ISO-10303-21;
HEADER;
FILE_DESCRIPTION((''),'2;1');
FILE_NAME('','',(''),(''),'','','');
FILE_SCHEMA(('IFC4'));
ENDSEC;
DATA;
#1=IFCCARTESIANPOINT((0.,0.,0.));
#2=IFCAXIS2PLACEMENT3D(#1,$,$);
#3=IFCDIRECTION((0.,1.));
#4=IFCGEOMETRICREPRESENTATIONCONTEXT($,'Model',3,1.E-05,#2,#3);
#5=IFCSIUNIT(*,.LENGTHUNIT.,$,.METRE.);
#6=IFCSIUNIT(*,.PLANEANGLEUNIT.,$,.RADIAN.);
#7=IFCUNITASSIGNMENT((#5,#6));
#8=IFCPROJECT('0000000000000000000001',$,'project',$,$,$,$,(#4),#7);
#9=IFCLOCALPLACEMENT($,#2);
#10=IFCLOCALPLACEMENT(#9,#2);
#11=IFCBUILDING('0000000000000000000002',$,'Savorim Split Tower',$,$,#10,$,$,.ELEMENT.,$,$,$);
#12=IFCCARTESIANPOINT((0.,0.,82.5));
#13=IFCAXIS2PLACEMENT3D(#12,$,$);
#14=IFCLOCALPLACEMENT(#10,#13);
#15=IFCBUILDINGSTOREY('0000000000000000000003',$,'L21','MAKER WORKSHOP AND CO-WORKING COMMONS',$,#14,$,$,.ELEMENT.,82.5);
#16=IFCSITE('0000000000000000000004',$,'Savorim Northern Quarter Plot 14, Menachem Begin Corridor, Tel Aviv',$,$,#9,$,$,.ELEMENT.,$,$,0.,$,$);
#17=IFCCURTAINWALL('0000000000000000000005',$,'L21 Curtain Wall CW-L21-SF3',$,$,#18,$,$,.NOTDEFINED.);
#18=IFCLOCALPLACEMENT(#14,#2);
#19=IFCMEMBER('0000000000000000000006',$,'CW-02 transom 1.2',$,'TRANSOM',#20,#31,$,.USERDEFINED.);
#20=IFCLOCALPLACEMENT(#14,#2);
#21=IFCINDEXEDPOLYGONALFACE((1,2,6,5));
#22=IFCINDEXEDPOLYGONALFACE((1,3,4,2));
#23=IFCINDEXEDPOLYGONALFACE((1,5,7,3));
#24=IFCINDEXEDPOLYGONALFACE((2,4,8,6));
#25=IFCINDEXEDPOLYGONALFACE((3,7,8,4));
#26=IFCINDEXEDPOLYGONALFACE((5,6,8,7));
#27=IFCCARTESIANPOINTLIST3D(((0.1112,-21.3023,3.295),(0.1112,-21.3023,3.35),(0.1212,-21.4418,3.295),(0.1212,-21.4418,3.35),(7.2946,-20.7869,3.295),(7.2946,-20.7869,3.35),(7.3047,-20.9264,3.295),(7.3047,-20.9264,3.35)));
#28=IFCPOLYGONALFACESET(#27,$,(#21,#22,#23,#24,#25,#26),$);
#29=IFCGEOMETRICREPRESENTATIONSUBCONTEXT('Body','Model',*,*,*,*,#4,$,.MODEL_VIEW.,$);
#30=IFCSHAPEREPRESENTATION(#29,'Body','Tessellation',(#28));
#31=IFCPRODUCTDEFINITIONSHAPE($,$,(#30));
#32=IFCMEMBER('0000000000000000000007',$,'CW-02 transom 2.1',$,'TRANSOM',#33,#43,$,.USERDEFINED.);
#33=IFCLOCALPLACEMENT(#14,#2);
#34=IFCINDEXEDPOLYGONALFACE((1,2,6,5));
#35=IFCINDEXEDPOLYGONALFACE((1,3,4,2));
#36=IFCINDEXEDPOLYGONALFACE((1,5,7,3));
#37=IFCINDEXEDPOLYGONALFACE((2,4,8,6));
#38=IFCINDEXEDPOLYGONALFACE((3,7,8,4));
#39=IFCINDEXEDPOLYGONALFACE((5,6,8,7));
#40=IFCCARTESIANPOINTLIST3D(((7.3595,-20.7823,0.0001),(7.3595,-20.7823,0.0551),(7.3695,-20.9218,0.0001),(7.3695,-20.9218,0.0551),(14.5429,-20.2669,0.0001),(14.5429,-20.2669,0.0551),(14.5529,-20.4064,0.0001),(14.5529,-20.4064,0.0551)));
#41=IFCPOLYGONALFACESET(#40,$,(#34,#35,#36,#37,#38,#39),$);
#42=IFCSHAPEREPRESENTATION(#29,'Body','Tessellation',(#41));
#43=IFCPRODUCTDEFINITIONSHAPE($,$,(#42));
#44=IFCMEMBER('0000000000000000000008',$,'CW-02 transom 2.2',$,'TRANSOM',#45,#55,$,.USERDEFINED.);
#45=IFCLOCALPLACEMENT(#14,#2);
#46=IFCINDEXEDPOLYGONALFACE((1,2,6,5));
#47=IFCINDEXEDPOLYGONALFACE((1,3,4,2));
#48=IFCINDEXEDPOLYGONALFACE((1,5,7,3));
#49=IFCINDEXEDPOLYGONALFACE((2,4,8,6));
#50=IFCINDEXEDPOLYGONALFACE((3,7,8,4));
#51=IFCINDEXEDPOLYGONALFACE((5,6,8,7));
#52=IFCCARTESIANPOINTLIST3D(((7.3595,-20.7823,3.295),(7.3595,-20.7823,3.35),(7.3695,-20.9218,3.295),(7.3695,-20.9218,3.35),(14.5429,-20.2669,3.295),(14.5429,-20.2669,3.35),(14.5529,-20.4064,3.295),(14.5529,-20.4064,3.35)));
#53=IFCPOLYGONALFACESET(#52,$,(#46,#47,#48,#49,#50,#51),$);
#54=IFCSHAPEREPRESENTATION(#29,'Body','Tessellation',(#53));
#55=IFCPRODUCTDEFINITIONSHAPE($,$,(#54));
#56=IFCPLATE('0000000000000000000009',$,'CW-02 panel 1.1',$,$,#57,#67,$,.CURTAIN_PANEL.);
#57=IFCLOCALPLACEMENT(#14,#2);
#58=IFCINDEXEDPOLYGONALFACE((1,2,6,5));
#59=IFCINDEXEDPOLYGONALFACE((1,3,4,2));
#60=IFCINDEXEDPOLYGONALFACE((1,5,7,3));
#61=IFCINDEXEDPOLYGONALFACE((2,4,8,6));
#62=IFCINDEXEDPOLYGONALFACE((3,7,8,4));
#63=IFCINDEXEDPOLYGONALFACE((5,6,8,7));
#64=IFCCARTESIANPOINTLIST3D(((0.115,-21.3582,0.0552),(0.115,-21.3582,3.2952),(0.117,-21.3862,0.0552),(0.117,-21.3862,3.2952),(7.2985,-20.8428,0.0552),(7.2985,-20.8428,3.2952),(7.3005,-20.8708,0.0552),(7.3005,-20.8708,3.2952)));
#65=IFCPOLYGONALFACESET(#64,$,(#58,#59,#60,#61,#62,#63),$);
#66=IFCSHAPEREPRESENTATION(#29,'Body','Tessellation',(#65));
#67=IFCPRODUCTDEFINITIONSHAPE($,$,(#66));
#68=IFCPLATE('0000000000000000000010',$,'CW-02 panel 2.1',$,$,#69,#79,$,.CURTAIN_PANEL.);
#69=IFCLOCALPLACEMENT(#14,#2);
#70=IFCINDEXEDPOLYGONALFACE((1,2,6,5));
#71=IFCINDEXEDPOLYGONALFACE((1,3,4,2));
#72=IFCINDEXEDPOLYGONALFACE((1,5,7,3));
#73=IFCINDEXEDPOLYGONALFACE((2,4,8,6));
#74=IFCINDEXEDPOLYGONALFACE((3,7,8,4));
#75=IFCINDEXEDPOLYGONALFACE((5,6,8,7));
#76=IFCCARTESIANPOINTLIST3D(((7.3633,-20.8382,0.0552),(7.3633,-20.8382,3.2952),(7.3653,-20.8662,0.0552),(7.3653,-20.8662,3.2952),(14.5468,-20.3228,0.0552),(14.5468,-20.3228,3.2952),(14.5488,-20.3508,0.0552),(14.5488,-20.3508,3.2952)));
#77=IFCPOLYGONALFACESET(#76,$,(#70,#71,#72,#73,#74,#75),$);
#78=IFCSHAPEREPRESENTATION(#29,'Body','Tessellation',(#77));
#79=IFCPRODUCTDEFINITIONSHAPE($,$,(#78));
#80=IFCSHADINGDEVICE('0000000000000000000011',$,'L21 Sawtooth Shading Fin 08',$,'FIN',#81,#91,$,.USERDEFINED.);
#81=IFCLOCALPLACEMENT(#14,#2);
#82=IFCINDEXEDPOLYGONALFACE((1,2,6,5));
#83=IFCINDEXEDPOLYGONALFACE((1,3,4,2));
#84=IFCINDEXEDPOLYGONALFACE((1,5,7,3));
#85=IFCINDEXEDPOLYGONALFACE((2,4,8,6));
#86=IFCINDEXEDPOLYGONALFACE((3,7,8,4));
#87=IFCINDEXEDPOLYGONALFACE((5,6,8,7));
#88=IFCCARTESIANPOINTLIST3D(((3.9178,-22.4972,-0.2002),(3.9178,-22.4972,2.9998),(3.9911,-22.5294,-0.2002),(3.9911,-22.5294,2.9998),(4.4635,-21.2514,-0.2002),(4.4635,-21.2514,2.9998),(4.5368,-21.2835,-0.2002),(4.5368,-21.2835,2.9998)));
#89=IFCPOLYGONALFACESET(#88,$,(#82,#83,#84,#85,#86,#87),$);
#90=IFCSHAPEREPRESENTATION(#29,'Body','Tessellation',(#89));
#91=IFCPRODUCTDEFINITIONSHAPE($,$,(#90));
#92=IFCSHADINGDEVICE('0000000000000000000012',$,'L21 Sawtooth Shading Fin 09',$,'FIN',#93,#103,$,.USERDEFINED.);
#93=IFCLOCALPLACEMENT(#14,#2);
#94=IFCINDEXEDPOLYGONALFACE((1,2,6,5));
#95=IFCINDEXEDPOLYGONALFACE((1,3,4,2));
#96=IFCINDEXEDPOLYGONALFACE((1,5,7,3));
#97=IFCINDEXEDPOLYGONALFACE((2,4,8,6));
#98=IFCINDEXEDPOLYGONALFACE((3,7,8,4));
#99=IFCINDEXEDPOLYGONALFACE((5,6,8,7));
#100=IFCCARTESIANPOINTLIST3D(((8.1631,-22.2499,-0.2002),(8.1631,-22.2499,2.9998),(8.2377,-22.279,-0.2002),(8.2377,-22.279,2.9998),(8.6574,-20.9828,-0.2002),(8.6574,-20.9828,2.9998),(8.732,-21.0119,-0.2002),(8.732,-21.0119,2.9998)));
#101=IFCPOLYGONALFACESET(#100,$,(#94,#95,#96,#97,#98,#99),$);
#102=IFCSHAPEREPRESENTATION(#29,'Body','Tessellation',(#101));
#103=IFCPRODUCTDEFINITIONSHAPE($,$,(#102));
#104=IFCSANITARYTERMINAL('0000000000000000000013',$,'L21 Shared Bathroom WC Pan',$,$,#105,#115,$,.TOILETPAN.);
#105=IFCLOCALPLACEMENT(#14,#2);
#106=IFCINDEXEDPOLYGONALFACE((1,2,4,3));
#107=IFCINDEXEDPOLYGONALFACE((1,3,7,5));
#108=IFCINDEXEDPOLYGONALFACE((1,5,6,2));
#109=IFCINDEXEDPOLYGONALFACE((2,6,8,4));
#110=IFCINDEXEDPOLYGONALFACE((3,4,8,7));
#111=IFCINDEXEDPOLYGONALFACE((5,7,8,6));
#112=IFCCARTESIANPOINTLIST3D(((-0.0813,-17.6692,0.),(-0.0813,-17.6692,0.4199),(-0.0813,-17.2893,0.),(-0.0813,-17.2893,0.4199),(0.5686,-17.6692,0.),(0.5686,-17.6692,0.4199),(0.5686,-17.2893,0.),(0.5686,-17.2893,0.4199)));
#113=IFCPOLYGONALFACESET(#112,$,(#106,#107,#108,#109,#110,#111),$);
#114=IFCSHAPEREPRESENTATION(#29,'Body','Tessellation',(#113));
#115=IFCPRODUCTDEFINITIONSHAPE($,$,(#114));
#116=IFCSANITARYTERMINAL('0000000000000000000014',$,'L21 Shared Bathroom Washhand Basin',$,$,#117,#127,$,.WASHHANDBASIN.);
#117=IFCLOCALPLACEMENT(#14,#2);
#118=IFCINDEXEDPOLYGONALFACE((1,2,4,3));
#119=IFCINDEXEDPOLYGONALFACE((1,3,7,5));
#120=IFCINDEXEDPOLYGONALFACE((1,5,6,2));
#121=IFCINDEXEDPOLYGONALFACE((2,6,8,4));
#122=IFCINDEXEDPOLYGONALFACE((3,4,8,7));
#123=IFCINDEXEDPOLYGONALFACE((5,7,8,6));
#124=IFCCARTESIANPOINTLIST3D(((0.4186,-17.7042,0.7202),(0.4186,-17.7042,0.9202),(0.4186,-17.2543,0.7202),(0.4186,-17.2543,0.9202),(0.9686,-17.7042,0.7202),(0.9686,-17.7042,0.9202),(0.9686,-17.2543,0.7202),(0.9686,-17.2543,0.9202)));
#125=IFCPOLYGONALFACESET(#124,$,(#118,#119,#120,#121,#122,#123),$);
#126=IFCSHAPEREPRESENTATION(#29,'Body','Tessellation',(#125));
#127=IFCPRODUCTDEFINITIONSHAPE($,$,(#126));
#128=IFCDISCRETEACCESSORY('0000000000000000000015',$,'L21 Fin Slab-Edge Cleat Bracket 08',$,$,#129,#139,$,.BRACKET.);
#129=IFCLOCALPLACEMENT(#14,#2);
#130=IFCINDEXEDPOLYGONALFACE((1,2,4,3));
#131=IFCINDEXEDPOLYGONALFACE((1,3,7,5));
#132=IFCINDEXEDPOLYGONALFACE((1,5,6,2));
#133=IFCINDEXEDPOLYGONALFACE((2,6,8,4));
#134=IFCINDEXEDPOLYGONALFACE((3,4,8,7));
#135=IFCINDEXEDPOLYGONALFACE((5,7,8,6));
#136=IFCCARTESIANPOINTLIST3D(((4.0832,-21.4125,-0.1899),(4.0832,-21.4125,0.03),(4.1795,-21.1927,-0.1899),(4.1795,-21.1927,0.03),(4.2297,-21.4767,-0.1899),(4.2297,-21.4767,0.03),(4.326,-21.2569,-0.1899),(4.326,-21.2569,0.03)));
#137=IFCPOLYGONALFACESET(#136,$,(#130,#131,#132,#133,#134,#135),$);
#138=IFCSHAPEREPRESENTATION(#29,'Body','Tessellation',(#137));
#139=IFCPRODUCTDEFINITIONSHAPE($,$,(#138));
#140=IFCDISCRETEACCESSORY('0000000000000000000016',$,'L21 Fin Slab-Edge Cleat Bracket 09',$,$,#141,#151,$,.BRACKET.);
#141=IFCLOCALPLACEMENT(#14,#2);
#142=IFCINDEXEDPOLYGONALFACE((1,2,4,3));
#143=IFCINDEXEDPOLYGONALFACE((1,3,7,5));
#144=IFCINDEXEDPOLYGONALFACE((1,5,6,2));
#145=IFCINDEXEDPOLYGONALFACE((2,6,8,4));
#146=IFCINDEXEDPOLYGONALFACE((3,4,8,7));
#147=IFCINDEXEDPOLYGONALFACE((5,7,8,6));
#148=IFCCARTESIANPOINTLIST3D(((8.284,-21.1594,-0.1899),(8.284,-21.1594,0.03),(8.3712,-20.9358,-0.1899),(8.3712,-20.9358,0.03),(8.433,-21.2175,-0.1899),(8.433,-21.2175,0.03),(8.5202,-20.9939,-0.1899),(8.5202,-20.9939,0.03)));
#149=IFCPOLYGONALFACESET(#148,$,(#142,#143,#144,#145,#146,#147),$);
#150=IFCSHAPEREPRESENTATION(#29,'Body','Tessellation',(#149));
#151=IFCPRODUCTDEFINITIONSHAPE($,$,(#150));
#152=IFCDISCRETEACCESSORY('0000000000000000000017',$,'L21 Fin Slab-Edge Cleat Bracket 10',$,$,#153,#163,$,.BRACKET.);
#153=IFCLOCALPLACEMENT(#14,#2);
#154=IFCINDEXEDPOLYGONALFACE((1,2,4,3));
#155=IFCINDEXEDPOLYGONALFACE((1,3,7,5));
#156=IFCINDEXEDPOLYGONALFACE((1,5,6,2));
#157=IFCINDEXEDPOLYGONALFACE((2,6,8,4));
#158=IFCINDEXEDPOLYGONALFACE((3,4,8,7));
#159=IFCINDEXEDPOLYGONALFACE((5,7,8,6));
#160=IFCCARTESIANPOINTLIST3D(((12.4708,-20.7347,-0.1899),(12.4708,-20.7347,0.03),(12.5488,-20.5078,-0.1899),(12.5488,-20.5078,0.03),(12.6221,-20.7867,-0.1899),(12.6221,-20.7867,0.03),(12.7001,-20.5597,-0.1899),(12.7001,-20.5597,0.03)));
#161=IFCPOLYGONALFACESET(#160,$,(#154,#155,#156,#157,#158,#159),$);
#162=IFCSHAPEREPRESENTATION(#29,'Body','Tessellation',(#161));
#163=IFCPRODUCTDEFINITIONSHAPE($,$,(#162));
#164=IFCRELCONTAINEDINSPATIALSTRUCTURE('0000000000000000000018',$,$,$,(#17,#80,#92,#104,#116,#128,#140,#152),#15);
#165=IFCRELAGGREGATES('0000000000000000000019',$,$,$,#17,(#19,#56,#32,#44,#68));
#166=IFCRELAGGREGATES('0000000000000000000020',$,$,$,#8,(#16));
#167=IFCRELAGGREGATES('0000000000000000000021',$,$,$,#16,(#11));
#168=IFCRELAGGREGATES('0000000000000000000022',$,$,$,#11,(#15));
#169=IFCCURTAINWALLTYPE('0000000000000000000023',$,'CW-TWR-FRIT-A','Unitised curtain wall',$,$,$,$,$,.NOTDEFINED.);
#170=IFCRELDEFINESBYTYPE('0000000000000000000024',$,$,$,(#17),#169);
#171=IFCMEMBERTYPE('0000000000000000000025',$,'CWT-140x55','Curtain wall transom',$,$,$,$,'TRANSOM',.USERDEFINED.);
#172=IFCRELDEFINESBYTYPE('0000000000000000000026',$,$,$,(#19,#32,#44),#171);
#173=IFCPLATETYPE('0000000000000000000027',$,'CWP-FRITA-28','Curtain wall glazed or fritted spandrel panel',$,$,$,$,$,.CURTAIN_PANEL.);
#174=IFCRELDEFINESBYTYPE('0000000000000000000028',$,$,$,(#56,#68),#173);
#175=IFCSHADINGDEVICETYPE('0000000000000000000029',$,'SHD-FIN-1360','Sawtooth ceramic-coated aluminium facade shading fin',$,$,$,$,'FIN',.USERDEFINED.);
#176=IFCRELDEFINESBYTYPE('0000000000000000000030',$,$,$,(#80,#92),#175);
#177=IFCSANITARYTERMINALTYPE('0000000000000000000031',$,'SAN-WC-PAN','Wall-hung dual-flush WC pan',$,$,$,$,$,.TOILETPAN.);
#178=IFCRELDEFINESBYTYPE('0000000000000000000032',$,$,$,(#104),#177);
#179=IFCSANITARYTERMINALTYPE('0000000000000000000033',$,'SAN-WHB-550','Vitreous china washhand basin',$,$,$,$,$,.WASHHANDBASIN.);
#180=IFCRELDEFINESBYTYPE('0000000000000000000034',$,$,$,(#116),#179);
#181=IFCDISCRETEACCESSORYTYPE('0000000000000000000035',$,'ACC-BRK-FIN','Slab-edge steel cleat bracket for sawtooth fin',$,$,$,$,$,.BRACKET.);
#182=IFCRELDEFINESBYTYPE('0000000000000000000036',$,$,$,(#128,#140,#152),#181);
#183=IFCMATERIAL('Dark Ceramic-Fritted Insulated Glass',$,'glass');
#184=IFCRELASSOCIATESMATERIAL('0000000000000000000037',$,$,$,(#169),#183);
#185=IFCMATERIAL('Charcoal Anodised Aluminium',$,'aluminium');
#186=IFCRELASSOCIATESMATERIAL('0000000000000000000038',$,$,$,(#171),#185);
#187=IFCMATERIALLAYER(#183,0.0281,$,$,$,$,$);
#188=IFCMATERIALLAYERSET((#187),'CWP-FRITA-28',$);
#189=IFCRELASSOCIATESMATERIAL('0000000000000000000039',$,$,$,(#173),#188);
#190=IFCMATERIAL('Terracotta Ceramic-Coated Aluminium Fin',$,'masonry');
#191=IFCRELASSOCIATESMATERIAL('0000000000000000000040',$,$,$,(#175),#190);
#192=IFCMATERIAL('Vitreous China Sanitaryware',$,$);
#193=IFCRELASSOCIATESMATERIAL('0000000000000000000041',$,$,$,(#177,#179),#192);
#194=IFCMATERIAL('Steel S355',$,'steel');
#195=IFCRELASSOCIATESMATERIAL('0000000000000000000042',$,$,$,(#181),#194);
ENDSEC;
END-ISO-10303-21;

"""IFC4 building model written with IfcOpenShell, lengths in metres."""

from ifc_helpers import new_model, si_unit, direction, frame, origin, origin_2d, place, context, subcontext, project, spatial, rectangle, extrude, material, layer, layer_set, material_profile, profile_set, type_object, element, aggregate, save


model = new_model("IFC4")

# Units and contexts
model_context = context("Model", 3, precision=1e-05, world=origin(), true_north=direction((0.0, 1.0)))
body_context = subcontext(model_context, "Body", "Model", "MODEL_VIEW")
ifc_project = project(units=[si_unit("LENGTHUNIT", "METRE"), si_unit("PLANEANGLEUNIT", "RADIAN")], contexts=[model_context])

# Site, building, storey
site_placement = place(None, origin())
site = spatial("IfcSite", under=ifc_project, at=site_placement, Name="Savorim Northern Quarter Plot 14, Menachem Begin Corridor, Tel Aviv", CompositionType="ELEMENT", RefElevation=0.0)
building_placement = place(site_placement, origin())
building = spatial("IfcBuilding", under=site, at=building_placement, Name="Savorim Split Tower", CompositionType="ELEMENT")
storey_placement = place(building_placement, frame((0.0, 0.0, 82.5)))
storey = spatial("IfcBuildingStorey", under=building, at=storey_placement, Name="L21", Description="MAKER WORKSHOP AND CO-WORKING COMMONS", CompositionType="ELEMENT", Elevation=82.5)

# Shared definitions
ifc_material_1 = material(Name="Steel S355", Category="steel")

# Curtain wall, members, plates
ifc_material_2 = material(Name="Dark Ceramic-Fritted Insulated Glass", Category="glass")
curtain_wall_type = type_object("IfcCurtainWallType", Name="CW-TWR-FRIT-A", Description="Unitised curtain wall", PredefinedType="NOTDEFINED", material=ifc_material_2)
curtain_wall_placement = place(storey_placement, origin())
curtain_wall = element("IfcCurtainWall", 1, at=curtain_wall_placement, inside=storey, type_object=curtain_wall_type, Name="L21 Curtain Wall CW-L21-SF3", PredefinedType="NOTDEFINED")
ifc_material_3 = material(Name="Charcoal Anodised Aluminium", Category="aluminium")
ifc_material_profile_1 = material_profile(ifc_material_3, rectangle(XDim=0.1399, YDim=0.0549, at=origin_2d()), Name="ALU-T 140x55")
ifc_profile_set_1 = profile_set([ifc_material_profile_1], Name="Charcoal Anodised Aluminium")
member_type_1 = type_object("IfcMemberType", Name="CWT-140x55", Description="Curtain wall transom", ElementType="TRANSOM", PredefinedType="USERDEFINED", material=ifc_profile_set_1)
member_1_placement = place(storey_placement, frame((0.1162, -21.3721, 3.3225), z_axis=(0.997436, 0.071563, 0.0), x_axis=(-0.071563, 0.997436, 0.0)))
member_1 = element("IfcMember", 2, at=member_1_placement, type_object=member_type_1, Name="CW-02 transom 1.2", ObjectType="TRANSOM", PredefinedType="USERDEFINED", context=body_context, shape_type="SweptSolid", body=[
    extrude(rectangle(XDim=0.1399, YDim=0.0549, at=origin_2d()), origin(), (0.0, 0.0, 1.0), 7.2019),
])
member_2_placement = place(storey_placement, frame((7.3645, -20.8521, 0.0276), z_axis=(0.997436, 0.071563, 0.0), x_axis=(-0.071563, 0.997436, 0.0)))
member_2 = element("IfcMember", 3, at=member_2_placement, type_object=member_type_1, Name="CW-02 transom 2.1", ObjectType="TRANSOM", PredefinedType="USERDEFINED", context=body_context, shape_type="SweptSolid", body=[
    extrude(rectangle(XDim=0.1399, YDim=0.0549, at=origin_2d()), origin(), (0.0, 0.0, 1.0), 7.2019),
])
member_3_placement = place(storey_placement, frame((7.3645, -20.8521, 3.3225), z_axis=(0.997436, 0.071563, 0.0), x_axis=(-0.071563, 0.997436, 0.0)))
member_3 = element("IfcMember", 4, at=member_3_placement, type_object=member_type_1, Name="CW-02 transom 2.2", ObjectType="TRANSOM", PredefinedType="USERDEFINED", context=body_context, shape_type="SweptSolid", body=[
    extrude(rectangle(XDim=0.1399, YDim=0.0549, at=origin_2d()), origin(), (0.0, 0.0, 1.0), 7.2019),
])
ifc_layer = layer(ifc_material_2, 0.0281)
ifc_layer_set = layer_set([ifc_layer], Name="CWP-FRITA-28")
plate_type = type_object("IfcPlateType", Name="CWP-FRITA-28", Description="Curtain wall glazed or fritted spandrel panel", PredefinedType="CURTAIN_PANEL", material=ifc_layer_set)
plate_1_placement = place(storey_placement, frame((3.7078, -21.1145, 0.0552), z_axis=(0.0, 0.0, 1.0), x_axis=(0.997436, 0.071561, 0.0)))
plate_1 = element("IfcPlate", 5, at=plate_1_placement, type_object=plate_type, Name="CW-02 panel 1.1", PredefinedType="CURTAIN_PANEL", context=body_context, shape_type="SweptSolid", body=[
    extrude(rectangle(XDim=7.2019, YDim=0.0281, at=origin_2d()), origin(), (0.0, 0.0, 1.0), 3.24),
])
plate_2_placement = place(storey_placement, frame((10.9561, -20.5945, 0.0552), z_axis=(0.0, 0.0, 1.0), x_axis=(0.997436, 0.071561, 0.0)))
plate_2 = element("IfcPlate", 6, at=plate_2_placement, type_object=plate_type, Name="CW-02 panel 2.1", PredefinedType="CURTAIN_PANEL", context=body_context, shape_type="SweptSolid", body=[
    extrude(rectangle(XDim=7.2019, YDim=0.0281, at=origin_2d()), origin(), (0.0, 0.0, 1.0), 3.24),
])
aggregate(curtain_wall, [member_1, plate_1, member_2, member_3, plate_2])

# Shading devices
ifc_material_4 = material(Name="Terracotta Ceramic-Coated Aluminium Fin", Category="masonry")
shading_device_type = type_object("IfcShadingDeviceType", Name="SHD-FIN-1360", Description="Sawtooth ceramic-coated aluminium facade shading fin", ElementType="FIN", PredefinedType="USERDEFINED", material=ifc_material_4)
for number, where, z_axis, x_axis, name in (
    (7, (4.2273, -21.8904, -0.2002), (0.0, 0.0, 1.0), (-0.40123, -0.915977, 0.0), "L21 Sawtooth Shading Fin 08"),
    (8, (8.4475, -21.6309, -0.2002), (0.0, 0.0, 1.0), (-0.363415, -0.931627, 0.0), "L21 Sawtooth Shading Fin 09"),
):
    element("IfcShadingDevice", number, at=place(storey_placement, frame(where, z_axis=z_axis, x_axis=x_axis)), inside=storey, type_object=shading_device_type, Name=name, ObjectType="FIN", PredefinedType="USERDEFINED", context=body_context, shape_type="SweptSolid", body=[
        extrude(rectangle(XDim=1.3601, YDim=0.0801, at=origin_2d()), origin(), (0.0, 0.0, 1.0), 3.2),
    ])

# Sanitary terminals
ifc_material_5 = material(Name="Vitreous China Sanitaryware")
sanitary_terminal_type_1 = type_object("IfcSanitaryTerminalType", Name="SAN-WC-PAN", Description="Wall-hung dual-flush WC pan", PredefinedType="TOILETPAN", material=ifc_material_5)
sanitary_terminal_1_placement = place(storey_placement, frame((0.2437, -17.4792, 0.0), z_axis=(0.0, 0.0, 1.0), x_axis=(1.0, 0.0, 0.0)))
element("IfcSanitaryTerminal", 9, at=sanitary_terminal_1_placement, inside=storey, type_object=sanitary_terminal_type_1, Name="L21 Shared Bathroom WC Pan", PredefinedType="TOILETPAN", context=body_context, shape_type="SweptSolid", body=[
    extrude(rectangle(XDim=0.6499, YDim=0.3799, at=origin_2d()), origin(), (0.0, 0.0, 1.0), 0.4199),
])
sanitary_terminal_type_2 = type_object("IfcSanitaryTerminalType", Name="SAN-WHB-550", Description="Vitreous china washhand basin", PredefinedType="WASHHANDBASIN", material=ifc_material_5)
sanitary_terminal_2_placement = place(storey_placement, frame((0.6936, -17.4792, 0.7202), z_axis=(0.0, 0.0, 1.0), x_axis=(1.0, 0.0, 0.0)))
element("IfcSanitaryTerminal", 10, at=sanitary_terminal_2_placement, inside=storey, type_object=sanitary_terminal_type_2, Name="L21 Shared Bathroom Washhand Basin", PredefinedType="WASHHANDBASIN", context=body_context, shape_type="SweptSolid", body=[
    extrude(rectangle(XDim=0.55, YDim=0.45, at=origin_2d()), origin(), (0.0, 0.0, 1.0), 0.2),
])

# Discrete accessories
discrete_accessory_type = type_object("IfcDiscreteAccessoryType", Name="ACC-BRK-FIN", Description="Slab-edge steel cleat bracket for sawtooth fin", PredefinedType="BRACKET", material=ifc_material_1)
for number, where, z_axis, x_axis, name in (
    (11, (4.2046, -21.3347, -0.1899), (0.0, 0.0, 1.0), (-0.40123, -0.915977, 0.0), "L21 Fin Slab-Edge Cleat Bracket 08"),
    (12, (8.4021, -21.0767, -0.1899), (0.0, 0.0, 1.0), (-0.363415, -0.931627, 0.0), "L21 Fin Slab-Edge Cleat Bracket 09"),
    (13, (12.5854, -20.6472, -0.1899), (0.0, 0.0, 1.0), (-0.324994, -0.945716, 0.0), "L21 Fin Slab-Edge Cleat Bracket 10"),
):
    element("IfcDiscreteAccessory", number, at=place(storey_placement, frame(where, z_axis=z_axis, x_axis=x_axis)), inside=storey, type_object=discrete_accessory_type, Name=name, PredefinedType="BRACKET", context=body_context, shape_type="SweptSolid", body=[
        extrude(rectangle(XDim=0.24, YDim=0.1599, at=origin_2d()), origin(), (0.0, 0.0, 1.0), 0.22),
    ])

save(model, "model.ifc")
